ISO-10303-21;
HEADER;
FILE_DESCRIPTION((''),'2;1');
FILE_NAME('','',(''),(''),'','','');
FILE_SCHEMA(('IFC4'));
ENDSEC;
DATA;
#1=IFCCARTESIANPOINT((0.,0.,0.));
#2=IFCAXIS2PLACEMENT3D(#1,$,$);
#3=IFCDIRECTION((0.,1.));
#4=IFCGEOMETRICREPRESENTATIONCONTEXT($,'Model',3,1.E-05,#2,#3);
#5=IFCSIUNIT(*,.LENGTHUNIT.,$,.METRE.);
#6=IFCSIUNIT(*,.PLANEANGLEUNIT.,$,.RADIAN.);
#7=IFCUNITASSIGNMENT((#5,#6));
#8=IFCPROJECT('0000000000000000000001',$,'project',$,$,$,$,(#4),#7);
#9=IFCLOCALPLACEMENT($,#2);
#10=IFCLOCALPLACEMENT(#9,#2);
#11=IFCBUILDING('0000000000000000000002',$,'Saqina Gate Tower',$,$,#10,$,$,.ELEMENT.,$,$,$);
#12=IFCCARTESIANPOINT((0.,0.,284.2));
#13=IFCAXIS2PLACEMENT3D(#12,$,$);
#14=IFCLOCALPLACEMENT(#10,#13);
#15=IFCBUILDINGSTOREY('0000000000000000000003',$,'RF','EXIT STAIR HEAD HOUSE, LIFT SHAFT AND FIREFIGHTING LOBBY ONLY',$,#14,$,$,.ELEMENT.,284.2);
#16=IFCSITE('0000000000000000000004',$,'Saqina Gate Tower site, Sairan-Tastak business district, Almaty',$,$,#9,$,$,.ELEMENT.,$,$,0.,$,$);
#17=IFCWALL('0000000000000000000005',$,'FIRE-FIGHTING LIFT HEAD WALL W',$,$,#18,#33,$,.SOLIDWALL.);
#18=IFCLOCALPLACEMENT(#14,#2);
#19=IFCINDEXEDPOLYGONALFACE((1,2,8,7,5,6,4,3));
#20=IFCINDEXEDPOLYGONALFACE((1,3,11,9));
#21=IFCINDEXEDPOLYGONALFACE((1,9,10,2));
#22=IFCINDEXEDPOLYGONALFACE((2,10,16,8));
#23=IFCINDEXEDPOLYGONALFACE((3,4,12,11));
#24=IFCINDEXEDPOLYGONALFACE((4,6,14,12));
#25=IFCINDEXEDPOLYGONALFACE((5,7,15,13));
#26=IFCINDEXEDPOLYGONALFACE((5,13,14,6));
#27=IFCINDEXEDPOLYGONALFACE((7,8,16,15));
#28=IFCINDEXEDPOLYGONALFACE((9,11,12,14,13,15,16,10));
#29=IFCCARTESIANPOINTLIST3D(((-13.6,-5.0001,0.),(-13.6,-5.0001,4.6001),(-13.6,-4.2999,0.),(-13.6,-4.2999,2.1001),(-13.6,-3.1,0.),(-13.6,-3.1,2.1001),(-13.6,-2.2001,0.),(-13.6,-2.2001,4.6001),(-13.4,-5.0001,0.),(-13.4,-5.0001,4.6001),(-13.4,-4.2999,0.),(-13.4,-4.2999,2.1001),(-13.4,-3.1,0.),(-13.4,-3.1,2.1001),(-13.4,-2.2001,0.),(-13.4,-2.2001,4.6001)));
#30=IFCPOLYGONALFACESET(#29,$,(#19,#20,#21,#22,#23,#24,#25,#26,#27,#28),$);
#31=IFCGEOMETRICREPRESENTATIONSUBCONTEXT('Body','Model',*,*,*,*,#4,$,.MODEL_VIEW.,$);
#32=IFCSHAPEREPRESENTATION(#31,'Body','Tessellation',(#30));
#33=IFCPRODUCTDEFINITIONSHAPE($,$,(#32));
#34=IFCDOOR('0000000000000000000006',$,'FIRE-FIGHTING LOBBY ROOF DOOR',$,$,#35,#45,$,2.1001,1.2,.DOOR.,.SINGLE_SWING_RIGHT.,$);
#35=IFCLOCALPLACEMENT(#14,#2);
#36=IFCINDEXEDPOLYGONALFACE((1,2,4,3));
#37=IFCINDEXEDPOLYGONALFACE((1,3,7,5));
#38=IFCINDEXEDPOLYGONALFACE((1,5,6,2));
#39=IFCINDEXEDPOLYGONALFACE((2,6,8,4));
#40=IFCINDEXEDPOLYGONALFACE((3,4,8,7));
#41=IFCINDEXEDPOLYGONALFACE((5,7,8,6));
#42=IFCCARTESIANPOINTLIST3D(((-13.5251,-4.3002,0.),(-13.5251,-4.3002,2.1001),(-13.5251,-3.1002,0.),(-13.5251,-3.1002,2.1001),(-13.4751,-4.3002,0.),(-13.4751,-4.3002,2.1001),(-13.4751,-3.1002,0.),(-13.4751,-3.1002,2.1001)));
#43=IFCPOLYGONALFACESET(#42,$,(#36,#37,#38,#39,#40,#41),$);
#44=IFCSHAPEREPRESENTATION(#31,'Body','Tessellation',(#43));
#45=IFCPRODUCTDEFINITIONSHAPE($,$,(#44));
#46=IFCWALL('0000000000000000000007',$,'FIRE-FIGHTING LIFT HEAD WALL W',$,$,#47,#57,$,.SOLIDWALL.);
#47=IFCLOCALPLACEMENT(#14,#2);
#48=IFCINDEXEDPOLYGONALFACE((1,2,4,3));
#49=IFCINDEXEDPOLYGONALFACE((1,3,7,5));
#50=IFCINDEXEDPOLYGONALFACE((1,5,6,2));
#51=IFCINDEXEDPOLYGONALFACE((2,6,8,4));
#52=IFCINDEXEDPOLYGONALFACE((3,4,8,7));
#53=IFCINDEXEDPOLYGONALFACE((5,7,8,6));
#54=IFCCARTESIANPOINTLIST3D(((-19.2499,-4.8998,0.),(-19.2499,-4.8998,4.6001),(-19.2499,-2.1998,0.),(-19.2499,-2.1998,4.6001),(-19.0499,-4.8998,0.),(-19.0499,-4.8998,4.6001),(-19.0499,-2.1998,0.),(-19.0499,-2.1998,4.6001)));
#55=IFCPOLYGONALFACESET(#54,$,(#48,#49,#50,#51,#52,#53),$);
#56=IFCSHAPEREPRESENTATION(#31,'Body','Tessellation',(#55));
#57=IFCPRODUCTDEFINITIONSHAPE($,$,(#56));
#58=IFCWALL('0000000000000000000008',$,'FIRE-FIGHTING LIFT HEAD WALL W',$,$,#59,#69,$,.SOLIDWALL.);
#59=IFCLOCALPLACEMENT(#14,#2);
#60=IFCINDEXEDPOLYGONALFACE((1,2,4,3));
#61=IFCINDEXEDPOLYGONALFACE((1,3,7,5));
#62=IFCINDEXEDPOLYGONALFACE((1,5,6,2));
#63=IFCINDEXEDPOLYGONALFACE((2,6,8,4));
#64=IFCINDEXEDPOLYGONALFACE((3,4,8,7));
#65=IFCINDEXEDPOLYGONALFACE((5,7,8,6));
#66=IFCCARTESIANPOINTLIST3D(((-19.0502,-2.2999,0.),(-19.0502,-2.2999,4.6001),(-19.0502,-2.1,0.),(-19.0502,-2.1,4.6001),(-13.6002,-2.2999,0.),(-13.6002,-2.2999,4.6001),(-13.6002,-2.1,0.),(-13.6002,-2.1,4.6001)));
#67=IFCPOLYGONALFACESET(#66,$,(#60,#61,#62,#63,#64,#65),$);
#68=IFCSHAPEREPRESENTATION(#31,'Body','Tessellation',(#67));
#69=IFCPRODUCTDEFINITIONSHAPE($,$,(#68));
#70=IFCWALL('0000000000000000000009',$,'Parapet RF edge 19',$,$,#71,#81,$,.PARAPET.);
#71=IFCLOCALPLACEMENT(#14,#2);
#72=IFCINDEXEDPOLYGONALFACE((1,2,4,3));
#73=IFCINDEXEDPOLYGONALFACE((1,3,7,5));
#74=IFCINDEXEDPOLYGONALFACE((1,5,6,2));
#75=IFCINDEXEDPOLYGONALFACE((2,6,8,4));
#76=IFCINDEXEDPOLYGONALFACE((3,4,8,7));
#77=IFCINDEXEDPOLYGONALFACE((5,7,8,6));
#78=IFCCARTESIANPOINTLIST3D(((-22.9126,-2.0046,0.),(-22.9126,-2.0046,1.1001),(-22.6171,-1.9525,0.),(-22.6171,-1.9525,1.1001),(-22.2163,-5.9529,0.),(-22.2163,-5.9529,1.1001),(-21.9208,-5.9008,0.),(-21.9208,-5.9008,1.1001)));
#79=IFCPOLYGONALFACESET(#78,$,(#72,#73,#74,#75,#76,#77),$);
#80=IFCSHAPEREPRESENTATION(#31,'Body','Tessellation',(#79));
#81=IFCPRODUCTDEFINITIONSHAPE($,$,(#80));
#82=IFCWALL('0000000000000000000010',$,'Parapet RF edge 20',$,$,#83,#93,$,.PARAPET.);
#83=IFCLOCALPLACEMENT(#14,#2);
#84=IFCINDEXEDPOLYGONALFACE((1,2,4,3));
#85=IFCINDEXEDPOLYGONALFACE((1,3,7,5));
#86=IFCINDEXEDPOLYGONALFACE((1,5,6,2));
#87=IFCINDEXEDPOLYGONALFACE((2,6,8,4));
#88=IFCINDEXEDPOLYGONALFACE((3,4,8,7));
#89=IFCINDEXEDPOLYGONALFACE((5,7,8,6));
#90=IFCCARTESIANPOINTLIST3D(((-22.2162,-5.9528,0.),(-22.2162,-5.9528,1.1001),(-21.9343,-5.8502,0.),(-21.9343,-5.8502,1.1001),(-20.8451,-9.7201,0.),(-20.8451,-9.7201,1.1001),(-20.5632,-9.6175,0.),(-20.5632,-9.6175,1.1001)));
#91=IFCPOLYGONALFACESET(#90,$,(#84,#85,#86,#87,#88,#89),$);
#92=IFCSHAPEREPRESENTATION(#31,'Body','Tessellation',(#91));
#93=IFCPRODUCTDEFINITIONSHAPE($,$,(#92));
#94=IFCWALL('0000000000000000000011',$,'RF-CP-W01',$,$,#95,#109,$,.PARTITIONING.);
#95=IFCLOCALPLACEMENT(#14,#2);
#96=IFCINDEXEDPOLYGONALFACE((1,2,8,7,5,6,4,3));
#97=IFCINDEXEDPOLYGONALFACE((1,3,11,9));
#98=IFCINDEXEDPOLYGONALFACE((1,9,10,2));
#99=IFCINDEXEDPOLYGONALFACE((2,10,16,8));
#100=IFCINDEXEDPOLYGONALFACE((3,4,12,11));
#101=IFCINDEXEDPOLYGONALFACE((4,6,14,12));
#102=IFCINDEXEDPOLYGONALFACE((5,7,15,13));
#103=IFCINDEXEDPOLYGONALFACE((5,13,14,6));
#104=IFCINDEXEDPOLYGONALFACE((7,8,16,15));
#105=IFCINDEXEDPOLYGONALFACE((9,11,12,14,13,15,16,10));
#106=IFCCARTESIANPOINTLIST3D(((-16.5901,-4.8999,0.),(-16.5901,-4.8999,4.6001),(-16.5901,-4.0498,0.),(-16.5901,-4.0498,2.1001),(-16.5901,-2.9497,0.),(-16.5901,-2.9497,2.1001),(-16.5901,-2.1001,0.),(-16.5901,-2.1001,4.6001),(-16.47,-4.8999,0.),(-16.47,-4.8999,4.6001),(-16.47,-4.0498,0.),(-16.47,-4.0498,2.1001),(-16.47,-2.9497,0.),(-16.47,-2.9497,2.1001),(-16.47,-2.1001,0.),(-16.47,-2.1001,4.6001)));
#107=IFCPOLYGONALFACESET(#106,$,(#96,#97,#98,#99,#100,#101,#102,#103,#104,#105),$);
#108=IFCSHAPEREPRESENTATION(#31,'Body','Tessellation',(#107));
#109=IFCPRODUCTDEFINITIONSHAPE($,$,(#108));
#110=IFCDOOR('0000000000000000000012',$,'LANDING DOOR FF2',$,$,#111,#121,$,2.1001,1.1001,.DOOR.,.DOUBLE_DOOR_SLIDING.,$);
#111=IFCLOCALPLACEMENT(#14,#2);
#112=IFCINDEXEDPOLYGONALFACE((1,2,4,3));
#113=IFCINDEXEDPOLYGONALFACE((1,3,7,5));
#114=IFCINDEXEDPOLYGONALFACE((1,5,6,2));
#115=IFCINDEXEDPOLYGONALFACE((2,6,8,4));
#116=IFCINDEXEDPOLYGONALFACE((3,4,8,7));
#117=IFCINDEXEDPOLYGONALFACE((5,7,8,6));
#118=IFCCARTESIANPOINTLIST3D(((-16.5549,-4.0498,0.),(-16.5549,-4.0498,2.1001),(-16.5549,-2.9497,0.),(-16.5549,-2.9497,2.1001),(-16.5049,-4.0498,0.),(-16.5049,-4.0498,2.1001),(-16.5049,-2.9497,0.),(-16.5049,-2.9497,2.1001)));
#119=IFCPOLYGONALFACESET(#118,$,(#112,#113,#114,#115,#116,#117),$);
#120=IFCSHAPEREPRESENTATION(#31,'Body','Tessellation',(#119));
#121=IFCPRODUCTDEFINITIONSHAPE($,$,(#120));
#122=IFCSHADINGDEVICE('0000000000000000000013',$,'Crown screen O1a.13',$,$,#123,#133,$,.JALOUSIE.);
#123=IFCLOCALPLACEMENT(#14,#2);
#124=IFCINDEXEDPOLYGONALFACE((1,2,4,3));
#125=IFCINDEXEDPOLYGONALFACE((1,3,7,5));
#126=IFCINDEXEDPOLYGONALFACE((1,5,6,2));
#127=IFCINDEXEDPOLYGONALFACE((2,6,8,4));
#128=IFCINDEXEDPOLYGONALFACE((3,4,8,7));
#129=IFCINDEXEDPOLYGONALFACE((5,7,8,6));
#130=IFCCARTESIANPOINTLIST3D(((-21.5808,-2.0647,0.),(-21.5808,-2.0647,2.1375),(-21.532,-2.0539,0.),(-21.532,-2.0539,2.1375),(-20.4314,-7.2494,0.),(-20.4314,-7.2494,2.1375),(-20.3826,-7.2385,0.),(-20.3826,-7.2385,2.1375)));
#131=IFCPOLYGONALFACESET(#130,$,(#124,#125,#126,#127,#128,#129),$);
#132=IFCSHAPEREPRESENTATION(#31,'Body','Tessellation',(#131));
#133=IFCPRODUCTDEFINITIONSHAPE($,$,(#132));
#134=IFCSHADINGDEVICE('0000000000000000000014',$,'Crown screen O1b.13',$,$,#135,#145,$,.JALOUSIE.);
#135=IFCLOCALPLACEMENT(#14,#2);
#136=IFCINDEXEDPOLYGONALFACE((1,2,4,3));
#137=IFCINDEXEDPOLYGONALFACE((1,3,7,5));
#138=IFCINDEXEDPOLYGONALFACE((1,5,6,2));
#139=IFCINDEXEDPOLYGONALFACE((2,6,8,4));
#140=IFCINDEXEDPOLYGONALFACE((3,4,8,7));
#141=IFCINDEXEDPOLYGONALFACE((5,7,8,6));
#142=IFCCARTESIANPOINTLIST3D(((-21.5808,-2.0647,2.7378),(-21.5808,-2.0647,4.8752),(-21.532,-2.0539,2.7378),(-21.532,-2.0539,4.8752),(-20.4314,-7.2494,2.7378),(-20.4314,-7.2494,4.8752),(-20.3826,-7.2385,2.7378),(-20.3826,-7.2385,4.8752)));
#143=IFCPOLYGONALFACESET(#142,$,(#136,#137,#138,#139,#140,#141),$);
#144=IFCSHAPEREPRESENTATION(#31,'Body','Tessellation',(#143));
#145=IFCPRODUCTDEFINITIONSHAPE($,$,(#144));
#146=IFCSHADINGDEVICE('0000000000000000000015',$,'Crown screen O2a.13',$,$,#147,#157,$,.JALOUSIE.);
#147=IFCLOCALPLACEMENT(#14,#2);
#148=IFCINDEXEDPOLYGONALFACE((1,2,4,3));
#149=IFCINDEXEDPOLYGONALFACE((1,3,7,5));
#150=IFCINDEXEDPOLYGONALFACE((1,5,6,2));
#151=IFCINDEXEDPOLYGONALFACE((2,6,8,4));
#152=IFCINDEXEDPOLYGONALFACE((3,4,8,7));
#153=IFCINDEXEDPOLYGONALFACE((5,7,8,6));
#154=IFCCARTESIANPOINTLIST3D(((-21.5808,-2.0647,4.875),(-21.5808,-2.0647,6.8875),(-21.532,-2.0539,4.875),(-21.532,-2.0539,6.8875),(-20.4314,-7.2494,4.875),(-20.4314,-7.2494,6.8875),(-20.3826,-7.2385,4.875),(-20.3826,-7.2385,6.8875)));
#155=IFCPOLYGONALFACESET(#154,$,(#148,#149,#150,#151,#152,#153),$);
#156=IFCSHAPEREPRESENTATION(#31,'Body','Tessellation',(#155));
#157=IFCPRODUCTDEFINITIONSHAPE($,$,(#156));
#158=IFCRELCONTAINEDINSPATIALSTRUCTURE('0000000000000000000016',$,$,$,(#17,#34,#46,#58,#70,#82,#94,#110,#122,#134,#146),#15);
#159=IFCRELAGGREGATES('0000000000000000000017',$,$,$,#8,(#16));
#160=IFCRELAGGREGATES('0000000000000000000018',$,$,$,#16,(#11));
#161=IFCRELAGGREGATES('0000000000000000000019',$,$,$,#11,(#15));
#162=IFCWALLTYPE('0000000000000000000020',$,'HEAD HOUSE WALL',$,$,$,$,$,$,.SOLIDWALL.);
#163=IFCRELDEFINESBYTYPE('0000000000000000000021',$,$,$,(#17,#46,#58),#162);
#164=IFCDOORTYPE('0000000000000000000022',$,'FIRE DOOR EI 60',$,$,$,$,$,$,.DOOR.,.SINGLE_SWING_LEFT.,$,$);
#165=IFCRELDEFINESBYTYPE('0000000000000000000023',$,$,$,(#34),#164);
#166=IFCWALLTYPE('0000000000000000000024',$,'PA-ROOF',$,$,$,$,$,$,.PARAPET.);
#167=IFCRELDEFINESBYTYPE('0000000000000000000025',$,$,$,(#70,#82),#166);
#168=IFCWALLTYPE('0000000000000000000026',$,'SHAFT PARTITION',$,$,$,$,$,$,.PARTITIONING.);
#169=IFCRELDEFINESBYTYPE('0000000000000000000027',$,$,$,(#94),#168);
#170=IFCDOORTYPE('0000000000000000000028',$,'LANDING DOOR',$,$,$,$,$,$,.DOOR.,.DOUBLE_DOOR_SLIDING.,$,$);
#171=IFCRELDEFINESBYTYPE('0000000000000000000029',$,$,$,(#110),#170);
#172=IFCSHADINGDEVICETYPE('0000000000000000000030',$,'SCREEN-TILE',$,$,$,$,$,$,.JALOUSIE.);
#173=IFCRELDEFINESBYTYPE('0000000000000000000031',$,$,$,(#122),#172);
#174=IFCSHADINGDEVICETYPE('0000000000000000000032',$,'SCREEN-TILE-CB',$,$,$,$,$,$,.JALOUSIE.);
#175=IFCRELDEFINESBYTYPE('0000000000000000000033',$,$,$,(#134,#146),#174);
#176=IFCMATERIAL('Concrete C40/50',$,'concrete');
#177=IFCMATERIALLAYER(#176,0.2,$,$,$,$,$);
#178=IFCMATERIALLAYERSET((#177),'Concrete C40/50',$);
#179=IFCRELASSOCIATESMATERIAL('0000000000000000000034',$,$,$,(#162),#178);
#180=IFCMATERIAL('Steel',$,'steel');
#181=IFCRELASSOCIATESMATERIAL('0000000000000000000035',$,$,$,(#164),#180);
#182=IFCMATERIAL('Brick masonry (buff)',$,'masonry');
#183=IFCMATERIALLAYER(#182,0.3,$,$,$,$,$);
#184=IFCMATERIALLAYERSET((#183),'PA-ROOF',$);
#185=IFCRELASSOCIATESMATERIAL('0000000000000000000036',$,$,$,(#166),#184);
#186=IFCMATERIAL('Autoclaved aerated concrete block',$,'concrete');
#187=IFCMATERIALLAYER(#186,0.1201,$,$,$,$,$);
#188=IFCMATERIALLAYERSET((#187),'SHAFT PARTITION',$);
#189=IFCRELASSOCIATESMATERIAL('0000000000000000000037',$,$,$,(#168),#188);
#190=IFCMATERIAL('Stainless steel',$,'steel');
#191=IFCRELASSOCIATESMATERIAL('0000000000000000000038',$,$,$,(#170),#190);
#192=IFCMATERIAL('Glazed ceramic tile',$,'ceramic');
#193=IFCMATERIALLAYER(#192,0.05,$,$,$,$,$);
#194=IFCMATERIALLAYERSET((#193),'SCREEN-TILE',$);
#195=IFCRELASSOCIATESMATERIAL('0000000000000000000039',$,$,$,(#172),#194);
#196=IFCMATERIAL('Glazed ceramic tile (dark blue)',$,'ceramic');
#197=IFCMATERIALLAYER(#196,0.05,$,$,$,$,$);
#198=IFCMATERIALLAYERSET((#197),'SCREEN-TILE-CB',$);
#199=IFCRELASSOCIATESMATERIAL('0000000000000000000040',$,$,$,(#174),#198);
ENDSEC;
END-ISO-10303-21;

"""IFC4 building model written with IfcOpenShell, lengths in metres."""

from ifc_helpers import new_model, si_unit, direction, frame, frame_2d, origin, origin_2d, place, context, subcontext, project, spatial, rectangle, extrude, material, layer, layer_set, type_object, element, fill, save


model = new_model("IFC4")

# Units and contexts
model_context = context("Model", 3, precision=1e-05, world=origin(), true_north=direction((0.0, 1.0)))
body_context = subcontext(model_context, "Body", "Model", "MODEL_VIEW")
ifc_project = project(units=[si_unit("LENGTHUNIT", "METRE"), si_unit("PLANEANGLEUNIT", "RADIAN")], contexts=[model_context])

# Site, building, storey
site_placement = place(None, origin())
site = spatial("IfcSite", under=ifc_project, at=site_placement, Name="Saqina Gate Tower site, Sairan-Tastak business district, Almaty", CompositionType="ELEMENT", RefElevation=0.0)
building_placement = place(site_placement, origin())
building = spatial("IfcBuilding", under=site, at=building_placement, Name="Saqina Gate Tower", CompositionType="ELEMENT")
storey_placement = place(building_placement, frame((0.0, 0.0, 284.2)))
storey = spatial("IfcBuildingStorey", under=building, at=storey_placement, Name="RF", Description="EXIT STAIR HEAD HOUSE, LIFT SHAFT AND FIREFIGHTING LOBBY ONLY", CompositionType="ELEMENT", Elevation=284.2)

# Wall, opening, door
ifc_material_1 = material(Name="Concrete C40/50", Category="concrete")
ifc_layer_1 = layer(ifc_material_1, 0.2)
ifc_layer_set_1 = layer_set([ifc_layer_1], Name="Concrete C40/50")
wall_type_1 = type_object("IfcWallType", Name="HEAD HOUSE WALL", PredefinedType="SOLIDWALL", material=ifc_layer_set_1)
wall_1_placement = place(storey_placement, frame((-13.5, -5.0, 0.0), z_axis=(0.0, 0.0, 1.0), x_axis=(0.0, 1.0, 0.0)))
wall_1 = element("IfcWall", 1, at=wall_1_placement, inside=storey, type_object=wall_type_1, Name="FIRE-FIGHTING LIFT HEAD WALL W", PredefinedType="SOLIDWALL", context=body_context, shape_type="SweptSolid", body=[
    extrude(rectangle(XDim=2.8, YDim=0.2, at=frame_2d((1.3999, 0.0))), origin(), (0.0, 0.0, 1.0), 4.6001),
])
opening_1_placement = place(wall_1_placement, frame((0.7, 0.0, 0.0)))
opening_1 = element("IfcOpeningElement", 2, at=opening_1_placement, cuts=wall_1, PredefinedType="OPENING", context=body_context, shape_type="SweptSolid", body=[
    extrude(rectangle(XDim=1.2, YDim=2.1001, at=frame_2d((0.6001, 1.05))), frame((0.0, 0.1121, 0.0), z_axis=(0.0, -1.0, 0.0), x_axis=(1.0, 0.0, 0.0)), (0.0, 0.0, 1.0), 0.2239),
])
ifc_material_2 = material(Name="Steel", Category="steel")
door_type_1 = type_object("IfcDoorType", Name="FIRE DOOR EI 60", OperationType="SINGLE_SWING_LEFT", PredefinedType="DOOR", material=ifc_material_2)
door_1_placement = place(opening_1_placement, frame((1.2, 0.0, 0.0), z_axis=(0.0, 0.0, 1.0), x_axis=(-1.0, 0.0, 0.0)))
door_1 = element("IfcDoor", 3, at=door_1_placement, inside=storey, type_object=door_type_1, Name="FIRE-FIGHTING LOBBY ROOF DOOR", OperationType="SINGLE_SWING_RIGHT", OverallHeight=2.1001, OverallWidth=1.2, PredefinedType="DOOR", context=body_context, shape_type="SweptSolid", body=[
    extrude(rectangle(XDim=1.2, YDim=2.1001, at=frame_2d((0.6001, 1.05))), frame((0.0, 0.0249, 0.0), z_axis=(0.0, -1.0, 0.0), x_axis=(1.0, 0.0, 0.0)), (0.0, 0.0, 1.0), 0.05),
])
fill(opening_1, door_1)

# Walls
wall_2_placement = place(storey_placement, frame((-19.1499, -4.8999, 0.0), z_axis=(0.0, 0.0, 1.0), x_axis=(0.0, 1.0, 0.0)))
element("IfcWall", 4, at=wall_2_placement, inside=storey, type_object=wall_type_1, Name="FIRE-FIGHTING LIFT HEAD WALL W", PredefinedType="SOLIDWALL", context=body_context, shape_type="SweptSolid", body=[
    extrude(rectangle(XDim=2.7, YDim=0.2, at=frame_2d((1.3501, 0.0))), origin(), (0.0, 0.0, 1.0), 4.6001),
])
wall_3_placement = place(storey_placement, frame((-13.6001, -2.2, 0.0), z_axis=(0.0, 0.0, 1.0), x_axis=(-1.0, 0.0, 0.0)))
element("IfcWall", 5, at=wall_3_placement, inside=storey, type_object=wall_type_1, Name="FIRE-FIGHTING LIFT HEAD WALL W", PredefinedType="SOLIDWALL", context=body_context, shape_type="SweptSolid", body=[
    extrude(rectangle(XDim=5.45, YDim=0.2, at=frame_2d((2.7251, 0.0))), origin(), (0.0, 0.0, 1.0), 4.6001),
])
ifc_material_3 = material(Name="Brick masonry (buff)", Category="masonry")
ifc_layer_2 = layer(ifc_material_3, 0.3)
ifc_layer_set_2 = layer_set([ifc_layer_2], Name="PA-ROOF")
wall_type_2 = type_object("IfcWallType", Name="PA-ROOF", PredefinedType="PARAPET", material=ifc_layer_set_2)
wall_4_placement = place(storey_placement, frame((-22.7649, -1.9785, 0.0), z_axis=(0.0, 0.0, 1.0), x_axis=(0.173674, -0.984803, 0.0)))
element("IfcWall", 6, at=wall_4_placement, inside=storey, type_object=wall_type_2, Name="Parapet RF edge 19", PredefinedType="PARAPET", context=body_context, shape_type="SweptSolid", body=[
    extrude(rectangle(XDim=4.0093, YDim=0.3, at=frame_2d((2.0046, 0.0))), origin(), (0.0, 0.0, 1.0), 1.1001),
])
wall_5_placement = place(storey_placement, frame((-22.0752, -5.9016, 0.0), z_axis=(0.0, 0.0, 1.0), x_axis=(0.341997, -0.939701, 0.0)))
element("IfcWall", 7, at=wall_5_placement, inside=storey, type_object=wall_type_2, Name="Parapet RF edge 20", PredefinedType="PARAPET", context=body_context, shape_type="SweptSolid", body=[
    extrude(rectangle(XDim=4.009, YDim=0.3, at=frame_2d((2.0044, 0.0))), origin(), (0.0, 0.0, 1.0), 1.1001),
])

# Wall, opening, door
ifc_material_4 = material(Name="Autoclaved aerated concrete block", Category="concrete")
ifc_layer_3 = layer(ifc_material_4, 0.1201)
ifc_layer_set_3 = layer_set([ifc_layer_3], Name="SHAFT PARTITION")
wall_type_3 = type_object("IfcWallType", Name="SHAFT PARTITION", PredefinedType="PARTITIONING", material=ifc_layer_set_3)
wall_6_placement = place(storey_placement, frame((-16.53, -4.8999, 0.0), z_axis=(0.0, 0.0, 1.0), x_axis=(0.0, 1.0, 0.0)))
wall_6 = element("IfcWall", 8, at=wall_6_placement, inside=storey, type_object=wall_type_3, Name="RF-CP-W01", PredefinedType="PARTITIONING", context=body_context, shape_type="SweptSolid", body=[
    extrude(rectangle(XDim=2.7998, YDim=0.1201, at=frame_2d((1.3999, 0.0))), origin(), (0.0, 0.0, 1.0), 4.6001),
])
opening_2_placement = place(wall_6_placement, frame((0.8501, 0.0, 0.0)))
opening_2 = element("IfcOpeningElement", 9, at=opening_2_placement, cuts=wall_6, PredefinedType="OPENING", context=body_context, shape_type="SweptSolid", body=[
    extrude(rectangle(XDim=1.1001, YDim=2.1001, at=frame_2d((0.55, 1.05))), frame((0.0, 0.072, 0.0), z_axis=(0.0, -1.0, 0.0), x_axis=(1.0, 0.0, 0.0)), (0.0, 0.0, 1.0), 0.144),
])
ifc_material_5 = material(Name="Stainless steel", Category="steel")
door_type_2 = type_object("IfcDoorType", Name="LANDING DOOR", OperationType="DOUBLE_DOOR_SLIDING", PredefinedType="DOOR", material=ifc_material_5)
door_2_placement = place(opening_2_placement, origin())
door_2 = element("IfcDoor", 10, at=door_2_placement, inside=storey, type_object=door_type_2, Name="LANDING DOOR FF2", OperationType="DOUBLE_DOOR_SLIDING", OverallHeight=2.1001, OverallWidth=1.1001, PredefinedType="DOOR", context=body_context, shape_type="SweptSolid", body=[
    extrude(rectangle(XDim=1.1001, YDim=2.1001, at=frame_2d((0.55, 1.05))), frame((0.0, 0.0249, 0.0), z_axis=(0.0, -1.0, 0.0), x_axis=(1.0, 0.0, 0.0)), (0.0, 0.0, 1.0), 0.05),
])
fill(opening_2, door_2)

# Shading devices
ifc_material_6 = material(Name="Glazed ceramic tile", Category="ceramic")
ifc_layer_4 = layer(ifc_material_6, 0.05)
ifc_layer_set_4 = layer_set([ifc_layer_4], Name="SCREEN-TILE")
shading_device_type_1 = type_object("IfcShadingDeviceType", Name="SCREEN-TILE", PredefinedType="JALOUSIE", material=ifc_layer_set_4)
shading_device_1_placement = place(storey_placement, frame((-20.9817, -4.6516, 0.0), z_axis=(0.0, 0.0, 1.0), x_axis=(0.21644, -0.976296, 0.0)))
element("IfcShadingDevice", 11, at=shading_device_1_placement, inside=storey, type_object=shading_device_type_1, Name="Crown screen O1a.13", PredefinedType="JALOUSIE", context=body_context, shape_type="SweptSolid", body=[
    extrude(rectangle(XDim=5.3105, YDim=0.05, at=origin_2d()), origin(), (0.0, 0.0, 1.0), 2.1375),
])
ifc_material_7 = material(Name="Glazed ceramic tile (dark blue)", Category="ceramic")
ifc_layer_5 = layer(ifc_material_7, 0.05)
ifc_layer_set_5 = layer_set([ifc_layer_5], Name="SCREEN-TILE-CB")
shading_device_type_2 = type_object("IfcShadingDeviceType", Name="SCREEN-TILE-CB", PredefinedType="JALOUSIE", material=ifc_layer_set_5)
shading_device_2_placement = place(storey_placement, frame((-20.9817, -4.6516, 2.7378), z_axis=(0.0, 0.0, 1.0), x_axis=(0.21644, -0.976296, 0.0)))
element("IfcShadingDevice", 12, at=shading_device_2_placement, inside=storey, type_object=shading_device_type_2, Name="Crown screen O1b.13", PredefinedType="JALOUSIE", context=body_context, shape_type="SweptSolid", body=[
    extrude(rectangle(XDim=5.3105, YDim=0.05, at=origin_2d()), origin(), (0.0, 0.0, 1.0), 2.1375),
])
shading_device_3_placement = place(storey_placement, frame((-20.9817, -4.6516, 4.875), z_axis=(0.0, 0.0, 1.0), x_axis=(0.21644, -0.976296, 0.0)))
element("IfcShadingDevice", 13, at=shading_device_3_placement, inside=storey, type_object=shading_device_type_2, Name="Crown screen O2a.13", PredefinedType="JALOUSIE", context=body_context, shape_type="SweptSolid", body=[
    extrude(rectangle(XDim=5.3105, YDim=0.05, at=origin_2d()), origin(), (0.0, 0.0, 1.0), 2.0125),
])

save(model, "model.ifc")
